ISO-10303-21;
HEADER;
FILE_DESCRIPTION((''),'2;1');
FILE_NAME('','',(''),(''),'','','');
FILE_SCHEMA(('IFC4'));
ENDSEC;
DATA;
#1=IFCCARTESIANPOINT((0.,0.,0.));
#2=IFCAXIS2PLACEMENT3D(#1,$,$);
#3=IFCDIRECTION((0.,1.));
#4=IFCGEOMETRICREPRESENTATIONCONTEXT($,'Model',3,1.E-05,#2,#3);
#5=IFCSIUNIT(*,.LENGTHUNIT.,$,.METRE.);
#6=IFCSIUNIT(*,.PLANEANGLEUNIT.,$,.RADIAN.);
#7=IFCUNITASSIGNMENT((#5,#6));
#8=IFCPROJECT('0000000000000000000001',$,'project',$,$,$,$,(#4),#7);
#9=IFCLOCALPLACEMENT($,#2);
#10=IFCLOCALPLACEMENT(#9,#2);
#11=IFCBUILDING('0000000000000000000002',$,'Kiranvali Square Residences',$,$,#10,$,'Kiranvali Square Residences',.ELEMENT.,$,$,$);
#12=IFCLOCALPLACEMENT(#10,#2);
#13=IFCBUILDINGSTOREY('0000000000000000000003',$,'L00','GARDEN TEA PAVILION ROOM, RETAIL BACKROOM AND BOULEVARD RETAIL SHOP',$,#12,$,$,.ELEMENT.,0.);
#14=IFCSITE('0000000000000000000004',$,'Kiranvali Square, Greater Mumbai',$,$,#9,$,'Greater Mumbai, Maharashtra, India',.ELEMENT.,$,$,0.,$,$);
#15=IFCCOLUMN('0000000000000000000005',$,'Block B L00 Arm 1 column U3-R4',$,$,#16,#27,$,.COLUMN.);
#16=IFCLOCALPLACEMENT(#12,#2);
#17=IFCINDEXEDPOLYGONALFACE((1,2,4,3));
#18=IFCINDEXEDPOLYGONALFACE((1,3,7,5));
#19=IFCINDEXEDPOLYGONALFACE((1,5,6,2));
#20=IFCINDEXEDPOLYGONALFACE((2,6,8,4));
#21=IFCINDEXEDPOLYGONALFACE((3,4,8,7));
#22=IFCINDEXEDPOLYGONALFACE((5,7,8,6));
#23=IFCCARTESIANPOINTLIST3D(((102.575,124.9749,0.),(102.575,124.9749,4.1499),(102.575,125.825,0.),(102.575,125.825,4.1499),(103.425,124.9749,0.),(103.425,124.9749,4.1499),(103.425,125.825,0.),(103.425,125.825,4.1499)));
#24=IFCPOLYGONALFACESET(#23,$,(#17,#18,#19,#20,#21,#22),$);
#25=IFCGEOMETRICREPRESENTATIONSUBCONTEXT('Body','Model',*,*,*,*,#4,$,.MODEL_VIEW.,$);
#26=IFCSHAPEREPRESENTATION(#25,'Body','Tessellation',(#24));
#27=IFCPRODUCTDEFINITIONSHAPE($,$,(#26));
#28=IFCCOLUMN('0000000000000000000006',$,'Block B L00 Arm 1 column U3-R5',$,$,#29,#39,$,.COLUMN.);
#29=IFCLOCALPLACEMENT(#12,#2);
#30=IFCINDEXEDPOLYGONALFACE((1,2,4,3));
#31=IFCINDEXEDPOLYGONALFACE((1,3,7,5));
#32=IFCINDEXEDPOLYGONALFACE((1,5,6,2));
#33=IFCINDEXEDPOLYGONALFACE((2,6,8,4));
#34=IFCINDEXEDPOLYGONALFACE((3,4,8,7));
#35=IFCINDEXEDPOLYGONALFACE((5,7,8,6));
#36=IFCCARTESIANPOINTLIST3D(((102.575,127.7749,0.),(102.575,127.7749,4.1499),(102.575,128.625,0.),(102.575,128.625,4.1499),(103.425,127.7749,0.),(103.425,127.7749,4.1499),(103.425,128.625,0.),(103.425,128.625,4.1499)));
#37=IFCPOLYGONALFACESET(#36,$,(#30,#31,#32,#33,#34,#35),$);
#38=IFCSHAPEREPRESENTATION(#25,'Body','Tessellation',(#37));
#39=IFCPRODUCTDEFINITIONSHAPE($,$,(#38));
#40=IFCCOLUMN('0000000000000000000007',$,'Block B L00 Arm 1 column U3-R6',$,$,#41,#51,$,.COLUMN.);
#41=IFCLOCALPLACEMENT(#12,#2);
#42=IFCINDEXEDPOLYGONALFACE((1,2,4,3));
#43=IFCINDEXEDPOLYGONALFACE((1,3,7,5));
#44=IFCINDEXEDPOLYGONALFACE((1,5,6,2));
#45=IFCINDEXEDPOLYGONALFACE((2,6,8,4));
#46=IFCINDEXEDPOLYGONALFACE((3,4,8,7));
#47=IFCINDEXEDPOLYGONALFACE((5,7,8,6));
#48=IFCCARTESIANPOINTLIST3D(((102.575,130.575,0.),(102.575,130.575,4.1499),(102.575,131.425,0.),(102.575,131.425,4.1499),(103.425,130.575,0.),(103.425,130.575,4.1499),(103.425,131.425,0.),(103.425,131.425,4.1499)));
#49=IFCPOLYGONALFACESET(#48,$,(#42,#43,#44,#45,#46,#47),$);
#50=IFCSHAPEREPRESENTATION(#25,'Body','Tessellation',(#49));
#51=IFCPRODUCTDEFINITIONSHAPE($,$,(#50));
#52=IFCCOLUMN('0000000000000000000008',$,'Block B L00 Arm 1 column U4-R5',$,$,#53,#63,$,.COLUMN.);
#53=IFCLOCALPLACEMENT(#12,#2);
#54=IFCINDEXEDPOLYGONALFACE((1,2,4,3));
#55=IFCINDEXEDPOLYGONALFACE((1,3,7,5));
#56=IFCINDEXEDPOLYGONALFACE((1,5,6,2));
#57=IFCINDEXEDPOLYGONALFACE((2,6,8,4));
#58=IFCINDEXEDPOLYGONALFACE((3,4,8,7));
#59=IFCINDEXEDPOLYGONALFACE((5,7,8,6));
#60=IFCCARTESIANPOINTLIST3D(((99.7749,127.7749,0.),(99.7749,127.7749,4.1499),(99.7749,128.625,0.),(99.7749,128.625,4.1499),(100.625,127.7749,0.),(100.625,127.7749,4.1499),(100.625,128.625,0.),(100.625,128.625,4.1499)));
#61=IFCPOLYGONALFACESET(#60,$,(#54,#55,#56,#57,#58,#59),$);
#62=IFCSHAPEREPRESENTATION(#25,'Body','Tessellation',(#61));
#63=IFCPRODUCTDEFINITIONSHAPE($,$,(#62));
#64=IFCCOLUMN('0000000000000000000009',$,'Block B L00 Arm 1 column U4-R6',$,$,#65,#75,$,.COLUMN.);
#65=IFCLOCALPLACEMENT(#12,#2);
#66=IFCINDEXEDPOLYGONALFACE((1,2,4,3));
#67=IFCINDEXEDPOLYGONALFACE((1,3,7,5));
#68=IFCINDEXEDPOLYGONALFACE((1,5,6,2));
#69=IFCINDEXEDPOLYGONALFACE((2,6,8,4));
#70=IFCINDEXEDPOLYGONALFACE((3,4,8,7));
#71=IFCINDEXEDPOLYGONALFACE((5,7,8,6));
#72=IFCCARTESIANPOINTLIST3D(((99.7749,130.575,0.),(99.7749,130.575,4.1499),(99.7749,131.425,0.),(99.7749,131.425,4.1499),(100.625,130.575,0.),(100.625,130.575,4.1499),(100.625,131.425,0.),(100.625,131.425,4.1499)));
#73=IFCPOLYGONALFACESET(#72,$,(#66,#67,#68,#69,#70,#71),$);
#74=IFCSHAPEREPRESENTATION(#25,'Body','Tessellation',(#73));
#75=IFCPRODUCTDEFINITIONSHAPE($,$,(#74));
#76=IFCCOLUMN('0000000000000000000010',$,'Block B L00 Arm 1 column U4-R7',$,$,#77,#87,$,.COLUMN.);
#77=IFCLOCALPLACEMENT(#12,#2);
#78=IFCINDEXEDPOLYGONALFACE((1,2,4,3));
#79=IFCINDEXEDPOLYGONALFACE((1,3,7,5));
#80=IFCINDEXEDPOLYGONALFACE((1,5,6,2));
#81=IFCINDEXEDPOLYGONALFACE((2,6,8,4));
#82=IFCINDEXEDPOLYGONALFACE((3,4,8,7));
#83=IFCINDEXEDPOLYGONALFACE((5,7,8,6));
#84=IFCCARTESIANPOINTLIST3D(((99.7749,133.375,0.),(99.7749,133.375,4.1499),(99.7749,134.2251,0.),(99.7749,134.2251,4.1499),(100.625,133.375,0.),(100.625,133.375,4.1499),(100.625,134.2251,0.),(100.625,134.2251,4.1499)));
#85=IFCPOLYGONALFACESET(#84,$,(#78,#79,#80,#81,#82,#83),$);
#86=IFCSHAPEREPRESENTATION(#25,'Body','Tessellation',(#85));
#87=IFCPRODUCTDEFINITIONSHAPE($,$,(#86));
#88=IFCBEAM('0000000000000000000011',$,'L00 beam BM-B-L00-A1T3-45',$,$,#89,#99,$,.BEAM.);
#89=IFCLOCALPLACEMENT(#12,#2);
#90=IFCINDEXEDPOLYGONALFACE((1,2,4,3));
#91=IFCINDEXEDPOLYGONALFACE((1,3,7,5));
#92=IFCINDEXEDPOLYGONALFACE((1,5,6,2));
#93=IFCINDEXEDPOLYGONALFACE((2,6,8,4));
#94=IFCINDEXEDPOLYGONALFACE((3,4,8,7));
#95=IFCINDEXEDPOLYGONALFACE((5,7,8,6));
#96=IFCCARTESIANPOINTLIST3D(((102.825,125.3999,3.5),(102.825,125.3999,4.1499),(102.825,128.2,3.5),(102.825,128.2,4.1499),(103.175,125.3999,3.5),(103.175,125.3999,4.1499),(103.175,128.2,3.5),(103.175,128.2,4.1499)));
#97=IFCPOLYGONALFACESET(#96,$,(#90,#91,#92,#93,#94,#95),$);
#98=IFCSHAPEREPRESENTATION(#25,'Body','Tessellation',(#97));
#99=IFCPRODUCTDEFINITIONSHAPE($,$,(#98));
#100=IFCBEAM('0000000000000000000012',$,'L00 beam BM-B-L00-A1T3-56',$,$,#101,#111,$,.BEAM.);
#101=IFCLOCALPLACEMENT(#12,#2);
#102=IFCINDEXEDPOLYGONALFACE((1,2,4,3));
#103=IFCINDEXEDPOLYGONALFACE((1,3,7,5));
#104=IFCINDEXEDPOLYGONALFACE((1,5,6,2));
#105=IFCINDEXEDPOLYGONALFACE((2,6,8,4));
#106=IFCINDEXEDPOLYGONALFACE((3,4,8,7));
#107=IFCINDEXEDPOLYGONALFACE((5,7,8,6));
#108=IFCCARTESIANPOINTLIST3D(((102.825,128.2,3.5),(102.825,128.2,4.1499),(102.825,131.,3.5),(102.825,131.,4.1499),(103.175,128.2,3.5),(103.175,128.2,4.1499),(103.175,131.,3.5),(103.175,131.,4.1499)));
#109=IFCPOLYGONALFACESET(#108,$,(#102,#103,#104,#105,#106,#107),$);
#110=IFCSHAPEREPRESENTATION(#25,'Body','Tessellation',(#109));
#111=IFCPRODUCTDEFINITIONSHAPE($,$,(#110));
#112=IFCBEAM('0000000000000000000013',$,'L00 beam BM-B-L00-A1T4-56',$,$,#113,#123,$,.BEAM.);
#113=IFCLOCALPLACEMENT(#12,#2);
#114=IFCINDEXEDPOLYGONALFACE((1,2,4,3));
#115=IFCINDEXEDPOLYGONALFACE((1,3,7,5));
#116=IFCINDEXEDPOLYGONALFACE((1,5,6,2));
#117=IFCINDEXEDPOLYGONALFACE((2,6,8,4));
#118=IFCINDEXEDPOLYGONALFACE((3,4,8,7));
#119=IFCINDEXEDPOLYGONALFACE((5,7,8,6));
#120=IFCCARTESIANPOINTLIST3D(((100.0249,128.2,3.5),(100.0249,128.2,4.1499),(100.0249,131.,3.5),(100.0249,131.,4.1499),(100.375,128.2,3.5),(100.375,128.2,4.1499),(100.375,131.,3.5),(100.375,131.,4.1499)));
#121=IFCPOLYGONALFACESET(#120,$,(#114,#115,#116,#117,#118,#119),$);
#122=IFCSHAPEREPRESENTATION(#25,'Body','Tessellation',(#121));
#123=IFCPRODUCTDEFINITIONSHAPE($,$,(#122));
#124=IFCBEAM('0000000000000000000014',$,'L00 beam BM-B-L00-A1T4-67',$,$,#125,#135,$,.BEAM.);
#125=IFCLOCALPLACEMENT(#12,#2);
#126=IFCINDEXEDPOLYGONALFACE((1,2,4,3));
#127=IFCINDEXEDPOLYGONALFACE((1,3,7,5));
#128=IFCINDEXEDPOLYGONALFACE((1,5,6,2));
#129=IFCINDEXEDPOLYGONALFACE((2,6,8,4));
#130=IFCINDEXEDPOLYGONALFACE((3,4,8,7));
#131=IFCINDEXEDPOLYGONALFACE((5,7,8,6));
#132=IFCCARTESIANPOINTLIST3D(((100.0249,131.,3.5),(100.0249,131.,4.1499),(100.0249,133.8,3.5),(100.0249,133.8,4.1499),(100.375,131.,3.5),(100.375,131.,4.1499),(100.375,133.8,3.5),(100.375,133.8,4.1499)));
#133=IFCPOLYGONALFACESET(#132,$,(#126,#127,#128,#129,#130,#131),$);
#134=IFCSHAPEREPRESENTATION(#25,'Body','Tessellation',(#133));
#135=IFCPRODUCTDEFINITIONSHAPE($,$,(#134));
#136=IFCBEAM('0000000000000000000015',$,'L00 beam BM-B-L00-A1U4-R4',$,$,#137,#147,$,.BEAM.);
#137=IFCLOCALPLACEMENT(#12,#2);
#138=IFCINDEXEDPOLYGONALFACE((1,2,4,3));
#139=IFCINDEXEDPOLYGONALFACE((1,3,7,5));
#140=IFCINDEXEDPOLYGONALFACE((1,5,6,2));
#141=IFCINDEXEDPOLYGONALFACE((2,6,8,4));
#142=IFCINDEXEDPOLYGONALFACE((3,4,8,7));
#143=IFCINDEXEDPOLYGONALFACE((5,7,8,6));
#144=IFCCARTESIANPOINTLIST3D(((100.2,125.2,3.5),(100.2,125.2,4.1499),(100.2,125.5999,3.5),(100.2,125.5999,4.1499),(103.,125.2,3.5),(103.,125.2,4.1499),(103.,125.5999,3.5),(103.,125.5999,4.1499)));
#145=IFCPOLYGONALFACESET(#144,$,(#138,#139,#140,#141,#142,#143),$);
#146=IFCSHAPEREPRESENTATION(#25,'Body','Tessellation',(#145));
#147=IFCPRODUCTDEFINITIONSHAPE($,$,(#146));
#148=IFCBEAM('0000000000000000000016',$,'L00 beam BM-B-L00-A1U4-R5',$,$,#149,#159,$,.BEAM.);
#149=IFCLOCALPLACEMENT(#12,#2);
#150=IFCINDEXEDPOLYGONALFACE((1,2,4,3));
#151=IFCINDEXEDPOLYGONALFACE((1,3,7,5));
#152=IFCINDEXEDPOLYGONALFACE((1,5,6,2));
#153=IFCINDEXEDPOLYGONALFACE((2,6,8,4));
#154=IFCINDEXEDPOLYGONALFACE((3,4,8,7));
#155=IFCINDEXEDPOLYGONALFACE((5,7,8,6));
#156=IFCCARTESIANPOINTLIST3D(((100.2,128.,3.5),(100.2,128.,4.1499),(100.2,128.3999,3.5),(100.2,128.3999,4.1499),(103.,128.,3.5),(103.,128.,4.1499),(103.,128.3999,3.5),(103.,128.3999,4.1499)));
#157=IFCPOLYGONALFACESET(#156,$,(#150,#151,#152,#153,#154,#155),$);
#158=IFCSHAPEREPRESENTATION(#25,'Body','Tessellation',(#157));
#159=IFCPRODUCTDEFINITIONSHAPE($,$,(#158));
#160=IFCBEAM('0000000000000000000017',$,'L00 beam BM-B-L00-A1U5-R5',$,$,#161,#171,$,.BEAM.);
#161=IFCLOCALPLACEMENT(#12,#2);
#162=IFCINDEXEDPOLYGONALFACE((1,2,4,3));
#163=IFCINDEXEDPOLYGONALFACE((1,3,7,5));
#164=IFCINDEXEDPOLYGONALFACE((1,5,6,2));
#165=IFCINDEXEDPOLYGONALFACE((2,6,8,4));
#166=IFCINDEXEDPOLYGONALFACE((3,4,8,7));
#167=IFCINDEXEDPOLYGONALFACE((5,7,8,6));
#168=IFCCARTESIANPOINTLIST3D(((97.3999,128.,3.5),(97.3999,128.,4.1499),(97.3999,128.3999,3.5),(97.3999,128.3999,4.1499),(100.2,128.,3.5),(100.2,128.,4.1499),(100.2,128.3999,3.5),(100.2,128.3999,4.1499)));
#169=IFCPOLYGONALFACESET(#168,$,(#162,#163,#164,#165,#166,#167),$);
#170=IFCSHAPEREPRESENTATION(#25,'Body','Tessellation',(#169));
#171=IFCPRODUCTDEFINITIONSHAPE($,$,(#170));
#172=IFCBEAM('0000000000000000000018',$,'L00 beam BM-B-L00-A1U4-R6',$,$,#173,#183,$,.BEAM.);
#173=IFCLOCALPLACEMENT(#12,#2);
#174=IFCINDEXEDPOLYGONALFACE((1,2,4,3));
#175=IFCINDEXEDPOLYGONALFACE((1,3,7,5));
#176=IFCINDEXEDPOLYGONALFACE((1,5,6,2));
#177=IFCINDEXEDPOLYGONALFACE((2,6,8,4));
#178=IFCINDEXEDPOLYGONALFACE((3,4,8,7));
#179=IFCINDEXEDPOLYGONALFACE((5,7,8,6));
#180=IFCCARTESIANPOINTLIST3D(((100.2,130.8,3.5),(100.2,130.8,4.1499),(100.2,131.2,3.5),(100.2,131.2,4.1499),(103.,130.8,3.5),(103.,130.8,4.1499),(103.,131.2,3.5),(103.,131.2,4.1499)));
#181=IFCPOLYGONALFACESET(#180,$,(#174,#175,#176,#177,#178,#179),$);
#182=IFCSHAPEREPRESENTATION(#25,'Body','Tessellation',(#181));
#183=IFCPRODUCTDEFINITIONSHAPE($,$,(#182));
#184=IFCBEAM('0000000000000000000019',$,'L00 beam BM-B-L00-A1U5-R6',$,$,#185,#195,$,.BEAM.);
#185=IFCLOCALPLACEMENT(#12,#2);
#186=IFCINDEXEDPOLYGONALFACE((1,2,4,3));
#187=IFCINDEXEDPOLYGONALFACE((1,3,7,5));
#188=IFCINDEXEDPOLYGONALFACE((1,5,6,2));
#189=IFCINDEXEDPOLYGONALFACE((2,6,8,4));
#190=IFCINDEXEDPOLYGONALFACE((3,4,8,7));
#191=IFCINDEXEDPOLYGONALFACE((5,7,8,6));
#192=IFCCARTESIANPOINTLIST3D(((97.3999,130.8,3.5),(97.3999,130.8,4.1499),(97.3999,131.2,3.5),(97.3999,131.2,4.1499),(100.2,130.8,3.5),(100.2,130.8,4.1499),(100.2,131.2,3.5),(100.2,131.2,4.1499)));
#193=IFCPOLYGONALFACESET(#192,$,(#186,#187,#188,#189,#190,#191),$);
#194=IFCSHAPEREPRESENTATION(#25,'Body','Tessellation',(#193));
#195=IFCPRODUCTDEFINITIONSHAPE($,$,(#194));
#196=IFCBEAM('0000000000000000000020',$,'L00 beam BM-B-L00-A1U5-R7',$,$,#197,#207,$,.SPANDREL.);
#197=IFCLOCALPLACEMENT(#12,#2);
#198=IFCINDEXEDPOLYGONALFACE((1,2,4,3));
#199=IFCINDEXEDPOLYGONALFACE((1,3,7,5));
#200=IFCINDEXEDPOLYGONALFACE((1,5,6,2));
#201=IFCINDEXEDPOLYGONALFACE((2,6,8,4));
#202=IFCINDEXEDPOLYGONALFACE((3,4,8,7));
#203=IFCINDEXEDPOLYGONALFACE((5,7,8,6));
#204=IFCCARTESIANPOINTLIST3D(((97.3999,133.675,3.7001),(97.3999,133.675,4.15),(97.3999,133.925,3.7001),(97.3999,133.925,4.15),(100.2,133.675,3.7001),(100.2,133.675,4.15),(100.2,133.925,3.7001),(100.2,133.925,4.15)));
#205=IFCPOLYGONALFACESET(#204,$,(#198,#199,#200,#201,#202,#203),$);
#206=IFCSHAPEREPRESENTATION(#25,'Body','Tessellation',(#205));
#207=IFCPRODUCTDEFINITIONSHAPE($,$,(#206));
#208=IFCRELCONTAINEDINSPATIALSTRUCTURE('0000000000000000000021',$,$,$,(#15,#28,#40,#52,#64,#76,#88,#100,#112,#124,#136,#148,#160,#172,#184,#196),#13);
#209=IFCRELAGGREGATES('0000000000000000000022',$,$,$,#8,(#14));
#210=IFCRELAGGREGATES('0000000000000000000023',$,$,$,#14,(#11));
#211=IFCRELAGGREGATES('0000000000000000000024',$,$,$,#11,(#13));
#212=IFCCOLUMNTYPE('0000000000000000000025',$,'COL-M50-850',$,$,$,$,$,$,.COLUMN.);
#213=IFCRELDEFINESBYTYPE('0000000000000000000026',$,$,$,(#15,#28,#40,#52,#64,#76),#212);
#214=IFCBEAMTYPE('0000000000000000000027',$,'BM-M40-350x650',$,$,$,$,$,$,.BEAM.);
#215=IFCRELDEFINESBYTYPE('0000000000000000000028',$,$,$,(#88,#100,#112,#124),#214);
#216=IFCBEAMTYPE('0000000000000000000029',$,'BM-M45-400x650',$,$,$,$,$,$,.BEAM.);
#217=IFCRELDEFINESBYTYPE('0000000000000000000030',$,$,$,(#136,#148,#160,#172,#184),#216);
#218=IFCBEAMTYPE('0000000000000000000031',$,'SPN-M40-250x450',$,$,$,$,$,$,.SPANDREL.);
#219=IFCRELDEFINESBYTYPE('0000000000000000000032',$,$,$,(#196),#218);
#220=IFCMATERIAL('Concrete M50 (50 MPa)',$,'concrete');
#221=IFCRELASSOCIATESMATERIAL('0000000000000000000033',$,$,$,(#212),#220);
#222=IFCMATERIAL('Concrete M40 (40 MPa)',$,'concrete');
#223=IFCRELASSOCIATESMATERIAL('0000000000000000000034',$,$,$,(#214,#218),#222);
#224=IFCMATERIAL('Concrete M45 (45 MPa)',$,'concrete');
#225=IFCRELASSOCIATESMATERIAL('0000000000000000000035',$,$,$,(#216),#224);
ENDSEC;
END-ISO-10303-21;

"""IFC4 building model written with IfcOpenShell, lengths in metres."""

from ifc_helpers import new_model, si_unit, direction, frame, origin, origin_2d, place, context, subcontext, project, spatial, rectangle, extrude, material, material_profile, profile_set, type_object, element, save


model = new_model("IFC4")

# Units and contexts
model_context = context("Model", 3, precision=1e-05, world=origin(), true_north=direction((0.0, 1.0)))
body_context = subcontext(model_context, "Body", "Model", "MODEL_VIEW")
ifc_project = project(units=[si_unit("LENGTHUNIT", "METRE"), si_unit("PLANEANGLEUNIT", "RADIAN")], contexts=[model_context])

# Site, building, storey
site_placement = place(None, origin())
site = spatial("IfcSite", under=ifc_project, at=site_placement, Name="Kiranvali Square, Greater Mumbai", LongName="Greater Mumbai, Maharashtra, India", CompositionType="ELEMENT", RefElevation=0.0)
building_placement = place(site_placement, origin())
building = spatial("IfcBuilding", under=site, at=building_placement, Name="Kiranvali Square Residences", LongName="Kiranvali Square Residences", CompositionType="ELEMENT")
storey_placement = place(building_placement, origin())
storey = spatial("IfcBuildingStorey", under=building, at=storey_placement, Name="L00", Description="GARDEN TEA PAVILION ROOM, RETAIL BACKROOM AND BOULEVARD RETAIL SHOP", CompositionType="ELEMENT", Elevation=0.0)

# Columns
ifc_material_1 = material(Name="Concrete M50 (50 MPa)", Category="concrete")
ifc_material_profile_1 = material_profile(ifc_material_1, rectangle(XDim=0.8501, YDim=0.8501, at=origin_2d()), Name="RC 850x850")
ifc_profile_set_1 = profile_set([ifc_material_profile_1], Name="Concrete M50 (50 MPa)")
column_type = type_object("IfcColumnType", Name="COL-M50-850", PredefinedType="COLUMN", material=ifc_profile_set_1)
for number, where, z_axis, x_axis, name in (
    (1, (103.0, 125.3999, 0.0), (0.0, 0.0, 1.0), (1.0, 0.0, 0.0), "Block B L00 Arm 1 column U3-R4"),
    (2, (103.0, 128.2, 0.0), (0.0, 0.0, 1.0), (1.0, 0.0, 0.0), "Block B L00 Arm 1 column U3-R5"),
    (3, (103.0, 131.0, 0.0), (0.0, 0.0, 1.0), (1.0, 0.0, 0.0), "Block B L00 Arm 1 column U3-R6"),
    (4, (100.2, 128.2, 0.0), (0.0, 0.0, 1.0), (1.0, 0.0, 0.0), "Block B L00 Arm 1 column U4-R5"),
    (5, (100.2, 131.0, 0.0), (0.0, 0.0, 1.0), (1.0, 0.0, 0.0), "Block B L00 Arm 1 column U4-R6"),
    (6, (100.2, 133.8, 0.0), (0.0, 0.0, 1.0), (1.0, 0.0, 0.0), "Block B L00 Arm 1 column U4-R7"),
):
    element("IfcColumn", number, at=place(storey_placement, frame(where, z_axis=z_axis, x_axis=x_axis)), inside=storey, type_object=column_type, Name=name, PredefinedType="COLUMN", context=body_context, shape_type="SweptSolid", body=[
        extrude(rectangle(XDim=0.8501, YDim=0.8501, at=origin_2d()), origin(), (0.0, 0.0, 1.0), 4.1499),
    ])

# Beams
ifc_material_2 = material(Name="Concrete M40 (40 MPa)", Category="concrete")
ifc_material_profile_2 = material_profile(ifc_material_2, rectangle(XDim=0.3501, YDim=0.6499, at=origin_2d()), Name="RC 350x650")
ifc_profile_set_2 = profile_set([ifc_material_profile_2], Name="Concrete M40 (40 MPa)")
beam_type_1 = type_object("IfcBeamType", Name="BM-M40-350x650", PredefinedType="BEAM", material=ifc_profile_set_2)
for number, where, z_axis, x_axis, name in (
    (7, (103.0, 125.3999, 3.825), (0.0, 1.0, 0.0), (-1.0, 0.0, 0.0), "L00 beam BM-B-L00-A1T3-45"),
    (8, (103.0, 128.2, 3.825), (0.0, 1.0, 0.0), (-1.0, 0.0, 0.0), "L00 beam BM-B-L00-A1T3-56"),
    (9, (100.2, 128.2, 3.825), (0.0, 1.0, 0.0), (-1.0, 0.0, 0.0), "L00 beam BM-B-L00-A1T4-56"),
    (10, (100.2, 131.0, 3.825), (0.0, 1.0, 0.0), (-1.0, 0.0, 0.0), "L00 beam BM-B-L00-A1T4-67"),
):
    element("IfcBeam", number, at=place(storey_placement, frame(where, z_axis=z_axis, x_axis=x_axis)), inside=storey, type_object=beam_type_1, Name=name, PredefinedType="BEAM", context=body_context, shape_type="SweptSolid", body=[
        extrude(rectangle(XDim=0.3501, YDim=0.6499, at=origin_2d()), origin(), (0.0, 0.0, 1.0), 2.8),
    ])
ifc_material_3 = material(Name="Concrete M45 (45 MPa)", Category="concrete")
ifc_material_profile_3 = material_profile(ifc_material_3, rectangle(XDim=0.3999, YDim=0.6499, at=origin_2d()), Name="RC 400x650")
ifc_profile_set_3 = profile_set([ifc_material_profile_3], Name="Concrete M45 (45 MPa)")
beam_type_2 = type_object("IfcBeamType", Name="BM-M45-400x650", PredefinedType="BEAM", material=ifc_profile_set_3)
for number, where, z_axis, x_axis, name in (
    (11, (103.0, 125.3999, 3.825), (-1.0, 0.0, 0.0), (0.0, -1.0, 0.0), "L00 beam BM-B-L00-A1U4-R4"),
    (12, (103.0, 128.2, 3.825), (-1.0, 0.0, 0.0), (0.0, -1.0, 0.0), "L00 beam BM-B-L00-A1U4-R5"),
    (13, (100.2, 128.2, 3.825), (-1.0, 0.0, 0.0), (0.0, -1.0, 0.0), "L00 beam BM-B-L00-A1U5-R5"),
    (14, (103.0, 131.0, 3.825), (-1.0, 0.0, 0.0), (0.0, -1.0, 0.0), "L00 beam BM-B-L00-A1U4-R6"),
    (15, (100.2, 131.0, 3.825), (-1.0, 0.0, 0.0), (0.0, -1.0, 0.0), "L00 beam BM-B-L00-A1U5-R6"),
):
    element("IfcBeam", number, at=place(storey_placement, frame(where, z_axis=z_axis, x_axis=x_axis)), inside=storey, type_object=beam_type_2, Name=name, PredefinedType="BEAM", context=body_context, shape_type="SweptSolid", body=[
        extrude(rectangle(XDim=0.3999, YDim=0.6499, at=origin_2d()), origin(), (0.0, 0.0, 1.0), 2.8),
    ])
ifc_material_profile_4 = material_profile(ifc_material_2, rectangle(XDim=0.25, YDim=0.45, at=origin_2d()), Name="RC 250x450")
ifc_profile_set_4 = profile_set([ifc_material_profile_4], Name="Concrete M40 (40 MPa)")
beam_type_3 = type_object("IfcBeamType", Name="SPN-M40-250x450", PredefinedType="SPANDREL", material=ifc_profile_set_4)
beam_placement = place(storey_placement, frame((100.2, 133.8, 3.925), z_axis=(-1.0, 0.0, 0.0), x_axis=(0.0, -1.0, 0.0)))
element("IfcBeam", 16, at=beam_placement, inside=storey, type_object=beam_type_3, Name="L00 beam BM-B-L00-A1U5-R7", PredefinedType="SPANDREL", context=body_context, shape_type="SweptSolid", body=[
    extrude(rectangle(XDim=0.25, YDim=0.45, at=origin_2d()), origin(), (0.0, 0.0, 1.0), 2.8),
])

save(model, "model.ifc")
